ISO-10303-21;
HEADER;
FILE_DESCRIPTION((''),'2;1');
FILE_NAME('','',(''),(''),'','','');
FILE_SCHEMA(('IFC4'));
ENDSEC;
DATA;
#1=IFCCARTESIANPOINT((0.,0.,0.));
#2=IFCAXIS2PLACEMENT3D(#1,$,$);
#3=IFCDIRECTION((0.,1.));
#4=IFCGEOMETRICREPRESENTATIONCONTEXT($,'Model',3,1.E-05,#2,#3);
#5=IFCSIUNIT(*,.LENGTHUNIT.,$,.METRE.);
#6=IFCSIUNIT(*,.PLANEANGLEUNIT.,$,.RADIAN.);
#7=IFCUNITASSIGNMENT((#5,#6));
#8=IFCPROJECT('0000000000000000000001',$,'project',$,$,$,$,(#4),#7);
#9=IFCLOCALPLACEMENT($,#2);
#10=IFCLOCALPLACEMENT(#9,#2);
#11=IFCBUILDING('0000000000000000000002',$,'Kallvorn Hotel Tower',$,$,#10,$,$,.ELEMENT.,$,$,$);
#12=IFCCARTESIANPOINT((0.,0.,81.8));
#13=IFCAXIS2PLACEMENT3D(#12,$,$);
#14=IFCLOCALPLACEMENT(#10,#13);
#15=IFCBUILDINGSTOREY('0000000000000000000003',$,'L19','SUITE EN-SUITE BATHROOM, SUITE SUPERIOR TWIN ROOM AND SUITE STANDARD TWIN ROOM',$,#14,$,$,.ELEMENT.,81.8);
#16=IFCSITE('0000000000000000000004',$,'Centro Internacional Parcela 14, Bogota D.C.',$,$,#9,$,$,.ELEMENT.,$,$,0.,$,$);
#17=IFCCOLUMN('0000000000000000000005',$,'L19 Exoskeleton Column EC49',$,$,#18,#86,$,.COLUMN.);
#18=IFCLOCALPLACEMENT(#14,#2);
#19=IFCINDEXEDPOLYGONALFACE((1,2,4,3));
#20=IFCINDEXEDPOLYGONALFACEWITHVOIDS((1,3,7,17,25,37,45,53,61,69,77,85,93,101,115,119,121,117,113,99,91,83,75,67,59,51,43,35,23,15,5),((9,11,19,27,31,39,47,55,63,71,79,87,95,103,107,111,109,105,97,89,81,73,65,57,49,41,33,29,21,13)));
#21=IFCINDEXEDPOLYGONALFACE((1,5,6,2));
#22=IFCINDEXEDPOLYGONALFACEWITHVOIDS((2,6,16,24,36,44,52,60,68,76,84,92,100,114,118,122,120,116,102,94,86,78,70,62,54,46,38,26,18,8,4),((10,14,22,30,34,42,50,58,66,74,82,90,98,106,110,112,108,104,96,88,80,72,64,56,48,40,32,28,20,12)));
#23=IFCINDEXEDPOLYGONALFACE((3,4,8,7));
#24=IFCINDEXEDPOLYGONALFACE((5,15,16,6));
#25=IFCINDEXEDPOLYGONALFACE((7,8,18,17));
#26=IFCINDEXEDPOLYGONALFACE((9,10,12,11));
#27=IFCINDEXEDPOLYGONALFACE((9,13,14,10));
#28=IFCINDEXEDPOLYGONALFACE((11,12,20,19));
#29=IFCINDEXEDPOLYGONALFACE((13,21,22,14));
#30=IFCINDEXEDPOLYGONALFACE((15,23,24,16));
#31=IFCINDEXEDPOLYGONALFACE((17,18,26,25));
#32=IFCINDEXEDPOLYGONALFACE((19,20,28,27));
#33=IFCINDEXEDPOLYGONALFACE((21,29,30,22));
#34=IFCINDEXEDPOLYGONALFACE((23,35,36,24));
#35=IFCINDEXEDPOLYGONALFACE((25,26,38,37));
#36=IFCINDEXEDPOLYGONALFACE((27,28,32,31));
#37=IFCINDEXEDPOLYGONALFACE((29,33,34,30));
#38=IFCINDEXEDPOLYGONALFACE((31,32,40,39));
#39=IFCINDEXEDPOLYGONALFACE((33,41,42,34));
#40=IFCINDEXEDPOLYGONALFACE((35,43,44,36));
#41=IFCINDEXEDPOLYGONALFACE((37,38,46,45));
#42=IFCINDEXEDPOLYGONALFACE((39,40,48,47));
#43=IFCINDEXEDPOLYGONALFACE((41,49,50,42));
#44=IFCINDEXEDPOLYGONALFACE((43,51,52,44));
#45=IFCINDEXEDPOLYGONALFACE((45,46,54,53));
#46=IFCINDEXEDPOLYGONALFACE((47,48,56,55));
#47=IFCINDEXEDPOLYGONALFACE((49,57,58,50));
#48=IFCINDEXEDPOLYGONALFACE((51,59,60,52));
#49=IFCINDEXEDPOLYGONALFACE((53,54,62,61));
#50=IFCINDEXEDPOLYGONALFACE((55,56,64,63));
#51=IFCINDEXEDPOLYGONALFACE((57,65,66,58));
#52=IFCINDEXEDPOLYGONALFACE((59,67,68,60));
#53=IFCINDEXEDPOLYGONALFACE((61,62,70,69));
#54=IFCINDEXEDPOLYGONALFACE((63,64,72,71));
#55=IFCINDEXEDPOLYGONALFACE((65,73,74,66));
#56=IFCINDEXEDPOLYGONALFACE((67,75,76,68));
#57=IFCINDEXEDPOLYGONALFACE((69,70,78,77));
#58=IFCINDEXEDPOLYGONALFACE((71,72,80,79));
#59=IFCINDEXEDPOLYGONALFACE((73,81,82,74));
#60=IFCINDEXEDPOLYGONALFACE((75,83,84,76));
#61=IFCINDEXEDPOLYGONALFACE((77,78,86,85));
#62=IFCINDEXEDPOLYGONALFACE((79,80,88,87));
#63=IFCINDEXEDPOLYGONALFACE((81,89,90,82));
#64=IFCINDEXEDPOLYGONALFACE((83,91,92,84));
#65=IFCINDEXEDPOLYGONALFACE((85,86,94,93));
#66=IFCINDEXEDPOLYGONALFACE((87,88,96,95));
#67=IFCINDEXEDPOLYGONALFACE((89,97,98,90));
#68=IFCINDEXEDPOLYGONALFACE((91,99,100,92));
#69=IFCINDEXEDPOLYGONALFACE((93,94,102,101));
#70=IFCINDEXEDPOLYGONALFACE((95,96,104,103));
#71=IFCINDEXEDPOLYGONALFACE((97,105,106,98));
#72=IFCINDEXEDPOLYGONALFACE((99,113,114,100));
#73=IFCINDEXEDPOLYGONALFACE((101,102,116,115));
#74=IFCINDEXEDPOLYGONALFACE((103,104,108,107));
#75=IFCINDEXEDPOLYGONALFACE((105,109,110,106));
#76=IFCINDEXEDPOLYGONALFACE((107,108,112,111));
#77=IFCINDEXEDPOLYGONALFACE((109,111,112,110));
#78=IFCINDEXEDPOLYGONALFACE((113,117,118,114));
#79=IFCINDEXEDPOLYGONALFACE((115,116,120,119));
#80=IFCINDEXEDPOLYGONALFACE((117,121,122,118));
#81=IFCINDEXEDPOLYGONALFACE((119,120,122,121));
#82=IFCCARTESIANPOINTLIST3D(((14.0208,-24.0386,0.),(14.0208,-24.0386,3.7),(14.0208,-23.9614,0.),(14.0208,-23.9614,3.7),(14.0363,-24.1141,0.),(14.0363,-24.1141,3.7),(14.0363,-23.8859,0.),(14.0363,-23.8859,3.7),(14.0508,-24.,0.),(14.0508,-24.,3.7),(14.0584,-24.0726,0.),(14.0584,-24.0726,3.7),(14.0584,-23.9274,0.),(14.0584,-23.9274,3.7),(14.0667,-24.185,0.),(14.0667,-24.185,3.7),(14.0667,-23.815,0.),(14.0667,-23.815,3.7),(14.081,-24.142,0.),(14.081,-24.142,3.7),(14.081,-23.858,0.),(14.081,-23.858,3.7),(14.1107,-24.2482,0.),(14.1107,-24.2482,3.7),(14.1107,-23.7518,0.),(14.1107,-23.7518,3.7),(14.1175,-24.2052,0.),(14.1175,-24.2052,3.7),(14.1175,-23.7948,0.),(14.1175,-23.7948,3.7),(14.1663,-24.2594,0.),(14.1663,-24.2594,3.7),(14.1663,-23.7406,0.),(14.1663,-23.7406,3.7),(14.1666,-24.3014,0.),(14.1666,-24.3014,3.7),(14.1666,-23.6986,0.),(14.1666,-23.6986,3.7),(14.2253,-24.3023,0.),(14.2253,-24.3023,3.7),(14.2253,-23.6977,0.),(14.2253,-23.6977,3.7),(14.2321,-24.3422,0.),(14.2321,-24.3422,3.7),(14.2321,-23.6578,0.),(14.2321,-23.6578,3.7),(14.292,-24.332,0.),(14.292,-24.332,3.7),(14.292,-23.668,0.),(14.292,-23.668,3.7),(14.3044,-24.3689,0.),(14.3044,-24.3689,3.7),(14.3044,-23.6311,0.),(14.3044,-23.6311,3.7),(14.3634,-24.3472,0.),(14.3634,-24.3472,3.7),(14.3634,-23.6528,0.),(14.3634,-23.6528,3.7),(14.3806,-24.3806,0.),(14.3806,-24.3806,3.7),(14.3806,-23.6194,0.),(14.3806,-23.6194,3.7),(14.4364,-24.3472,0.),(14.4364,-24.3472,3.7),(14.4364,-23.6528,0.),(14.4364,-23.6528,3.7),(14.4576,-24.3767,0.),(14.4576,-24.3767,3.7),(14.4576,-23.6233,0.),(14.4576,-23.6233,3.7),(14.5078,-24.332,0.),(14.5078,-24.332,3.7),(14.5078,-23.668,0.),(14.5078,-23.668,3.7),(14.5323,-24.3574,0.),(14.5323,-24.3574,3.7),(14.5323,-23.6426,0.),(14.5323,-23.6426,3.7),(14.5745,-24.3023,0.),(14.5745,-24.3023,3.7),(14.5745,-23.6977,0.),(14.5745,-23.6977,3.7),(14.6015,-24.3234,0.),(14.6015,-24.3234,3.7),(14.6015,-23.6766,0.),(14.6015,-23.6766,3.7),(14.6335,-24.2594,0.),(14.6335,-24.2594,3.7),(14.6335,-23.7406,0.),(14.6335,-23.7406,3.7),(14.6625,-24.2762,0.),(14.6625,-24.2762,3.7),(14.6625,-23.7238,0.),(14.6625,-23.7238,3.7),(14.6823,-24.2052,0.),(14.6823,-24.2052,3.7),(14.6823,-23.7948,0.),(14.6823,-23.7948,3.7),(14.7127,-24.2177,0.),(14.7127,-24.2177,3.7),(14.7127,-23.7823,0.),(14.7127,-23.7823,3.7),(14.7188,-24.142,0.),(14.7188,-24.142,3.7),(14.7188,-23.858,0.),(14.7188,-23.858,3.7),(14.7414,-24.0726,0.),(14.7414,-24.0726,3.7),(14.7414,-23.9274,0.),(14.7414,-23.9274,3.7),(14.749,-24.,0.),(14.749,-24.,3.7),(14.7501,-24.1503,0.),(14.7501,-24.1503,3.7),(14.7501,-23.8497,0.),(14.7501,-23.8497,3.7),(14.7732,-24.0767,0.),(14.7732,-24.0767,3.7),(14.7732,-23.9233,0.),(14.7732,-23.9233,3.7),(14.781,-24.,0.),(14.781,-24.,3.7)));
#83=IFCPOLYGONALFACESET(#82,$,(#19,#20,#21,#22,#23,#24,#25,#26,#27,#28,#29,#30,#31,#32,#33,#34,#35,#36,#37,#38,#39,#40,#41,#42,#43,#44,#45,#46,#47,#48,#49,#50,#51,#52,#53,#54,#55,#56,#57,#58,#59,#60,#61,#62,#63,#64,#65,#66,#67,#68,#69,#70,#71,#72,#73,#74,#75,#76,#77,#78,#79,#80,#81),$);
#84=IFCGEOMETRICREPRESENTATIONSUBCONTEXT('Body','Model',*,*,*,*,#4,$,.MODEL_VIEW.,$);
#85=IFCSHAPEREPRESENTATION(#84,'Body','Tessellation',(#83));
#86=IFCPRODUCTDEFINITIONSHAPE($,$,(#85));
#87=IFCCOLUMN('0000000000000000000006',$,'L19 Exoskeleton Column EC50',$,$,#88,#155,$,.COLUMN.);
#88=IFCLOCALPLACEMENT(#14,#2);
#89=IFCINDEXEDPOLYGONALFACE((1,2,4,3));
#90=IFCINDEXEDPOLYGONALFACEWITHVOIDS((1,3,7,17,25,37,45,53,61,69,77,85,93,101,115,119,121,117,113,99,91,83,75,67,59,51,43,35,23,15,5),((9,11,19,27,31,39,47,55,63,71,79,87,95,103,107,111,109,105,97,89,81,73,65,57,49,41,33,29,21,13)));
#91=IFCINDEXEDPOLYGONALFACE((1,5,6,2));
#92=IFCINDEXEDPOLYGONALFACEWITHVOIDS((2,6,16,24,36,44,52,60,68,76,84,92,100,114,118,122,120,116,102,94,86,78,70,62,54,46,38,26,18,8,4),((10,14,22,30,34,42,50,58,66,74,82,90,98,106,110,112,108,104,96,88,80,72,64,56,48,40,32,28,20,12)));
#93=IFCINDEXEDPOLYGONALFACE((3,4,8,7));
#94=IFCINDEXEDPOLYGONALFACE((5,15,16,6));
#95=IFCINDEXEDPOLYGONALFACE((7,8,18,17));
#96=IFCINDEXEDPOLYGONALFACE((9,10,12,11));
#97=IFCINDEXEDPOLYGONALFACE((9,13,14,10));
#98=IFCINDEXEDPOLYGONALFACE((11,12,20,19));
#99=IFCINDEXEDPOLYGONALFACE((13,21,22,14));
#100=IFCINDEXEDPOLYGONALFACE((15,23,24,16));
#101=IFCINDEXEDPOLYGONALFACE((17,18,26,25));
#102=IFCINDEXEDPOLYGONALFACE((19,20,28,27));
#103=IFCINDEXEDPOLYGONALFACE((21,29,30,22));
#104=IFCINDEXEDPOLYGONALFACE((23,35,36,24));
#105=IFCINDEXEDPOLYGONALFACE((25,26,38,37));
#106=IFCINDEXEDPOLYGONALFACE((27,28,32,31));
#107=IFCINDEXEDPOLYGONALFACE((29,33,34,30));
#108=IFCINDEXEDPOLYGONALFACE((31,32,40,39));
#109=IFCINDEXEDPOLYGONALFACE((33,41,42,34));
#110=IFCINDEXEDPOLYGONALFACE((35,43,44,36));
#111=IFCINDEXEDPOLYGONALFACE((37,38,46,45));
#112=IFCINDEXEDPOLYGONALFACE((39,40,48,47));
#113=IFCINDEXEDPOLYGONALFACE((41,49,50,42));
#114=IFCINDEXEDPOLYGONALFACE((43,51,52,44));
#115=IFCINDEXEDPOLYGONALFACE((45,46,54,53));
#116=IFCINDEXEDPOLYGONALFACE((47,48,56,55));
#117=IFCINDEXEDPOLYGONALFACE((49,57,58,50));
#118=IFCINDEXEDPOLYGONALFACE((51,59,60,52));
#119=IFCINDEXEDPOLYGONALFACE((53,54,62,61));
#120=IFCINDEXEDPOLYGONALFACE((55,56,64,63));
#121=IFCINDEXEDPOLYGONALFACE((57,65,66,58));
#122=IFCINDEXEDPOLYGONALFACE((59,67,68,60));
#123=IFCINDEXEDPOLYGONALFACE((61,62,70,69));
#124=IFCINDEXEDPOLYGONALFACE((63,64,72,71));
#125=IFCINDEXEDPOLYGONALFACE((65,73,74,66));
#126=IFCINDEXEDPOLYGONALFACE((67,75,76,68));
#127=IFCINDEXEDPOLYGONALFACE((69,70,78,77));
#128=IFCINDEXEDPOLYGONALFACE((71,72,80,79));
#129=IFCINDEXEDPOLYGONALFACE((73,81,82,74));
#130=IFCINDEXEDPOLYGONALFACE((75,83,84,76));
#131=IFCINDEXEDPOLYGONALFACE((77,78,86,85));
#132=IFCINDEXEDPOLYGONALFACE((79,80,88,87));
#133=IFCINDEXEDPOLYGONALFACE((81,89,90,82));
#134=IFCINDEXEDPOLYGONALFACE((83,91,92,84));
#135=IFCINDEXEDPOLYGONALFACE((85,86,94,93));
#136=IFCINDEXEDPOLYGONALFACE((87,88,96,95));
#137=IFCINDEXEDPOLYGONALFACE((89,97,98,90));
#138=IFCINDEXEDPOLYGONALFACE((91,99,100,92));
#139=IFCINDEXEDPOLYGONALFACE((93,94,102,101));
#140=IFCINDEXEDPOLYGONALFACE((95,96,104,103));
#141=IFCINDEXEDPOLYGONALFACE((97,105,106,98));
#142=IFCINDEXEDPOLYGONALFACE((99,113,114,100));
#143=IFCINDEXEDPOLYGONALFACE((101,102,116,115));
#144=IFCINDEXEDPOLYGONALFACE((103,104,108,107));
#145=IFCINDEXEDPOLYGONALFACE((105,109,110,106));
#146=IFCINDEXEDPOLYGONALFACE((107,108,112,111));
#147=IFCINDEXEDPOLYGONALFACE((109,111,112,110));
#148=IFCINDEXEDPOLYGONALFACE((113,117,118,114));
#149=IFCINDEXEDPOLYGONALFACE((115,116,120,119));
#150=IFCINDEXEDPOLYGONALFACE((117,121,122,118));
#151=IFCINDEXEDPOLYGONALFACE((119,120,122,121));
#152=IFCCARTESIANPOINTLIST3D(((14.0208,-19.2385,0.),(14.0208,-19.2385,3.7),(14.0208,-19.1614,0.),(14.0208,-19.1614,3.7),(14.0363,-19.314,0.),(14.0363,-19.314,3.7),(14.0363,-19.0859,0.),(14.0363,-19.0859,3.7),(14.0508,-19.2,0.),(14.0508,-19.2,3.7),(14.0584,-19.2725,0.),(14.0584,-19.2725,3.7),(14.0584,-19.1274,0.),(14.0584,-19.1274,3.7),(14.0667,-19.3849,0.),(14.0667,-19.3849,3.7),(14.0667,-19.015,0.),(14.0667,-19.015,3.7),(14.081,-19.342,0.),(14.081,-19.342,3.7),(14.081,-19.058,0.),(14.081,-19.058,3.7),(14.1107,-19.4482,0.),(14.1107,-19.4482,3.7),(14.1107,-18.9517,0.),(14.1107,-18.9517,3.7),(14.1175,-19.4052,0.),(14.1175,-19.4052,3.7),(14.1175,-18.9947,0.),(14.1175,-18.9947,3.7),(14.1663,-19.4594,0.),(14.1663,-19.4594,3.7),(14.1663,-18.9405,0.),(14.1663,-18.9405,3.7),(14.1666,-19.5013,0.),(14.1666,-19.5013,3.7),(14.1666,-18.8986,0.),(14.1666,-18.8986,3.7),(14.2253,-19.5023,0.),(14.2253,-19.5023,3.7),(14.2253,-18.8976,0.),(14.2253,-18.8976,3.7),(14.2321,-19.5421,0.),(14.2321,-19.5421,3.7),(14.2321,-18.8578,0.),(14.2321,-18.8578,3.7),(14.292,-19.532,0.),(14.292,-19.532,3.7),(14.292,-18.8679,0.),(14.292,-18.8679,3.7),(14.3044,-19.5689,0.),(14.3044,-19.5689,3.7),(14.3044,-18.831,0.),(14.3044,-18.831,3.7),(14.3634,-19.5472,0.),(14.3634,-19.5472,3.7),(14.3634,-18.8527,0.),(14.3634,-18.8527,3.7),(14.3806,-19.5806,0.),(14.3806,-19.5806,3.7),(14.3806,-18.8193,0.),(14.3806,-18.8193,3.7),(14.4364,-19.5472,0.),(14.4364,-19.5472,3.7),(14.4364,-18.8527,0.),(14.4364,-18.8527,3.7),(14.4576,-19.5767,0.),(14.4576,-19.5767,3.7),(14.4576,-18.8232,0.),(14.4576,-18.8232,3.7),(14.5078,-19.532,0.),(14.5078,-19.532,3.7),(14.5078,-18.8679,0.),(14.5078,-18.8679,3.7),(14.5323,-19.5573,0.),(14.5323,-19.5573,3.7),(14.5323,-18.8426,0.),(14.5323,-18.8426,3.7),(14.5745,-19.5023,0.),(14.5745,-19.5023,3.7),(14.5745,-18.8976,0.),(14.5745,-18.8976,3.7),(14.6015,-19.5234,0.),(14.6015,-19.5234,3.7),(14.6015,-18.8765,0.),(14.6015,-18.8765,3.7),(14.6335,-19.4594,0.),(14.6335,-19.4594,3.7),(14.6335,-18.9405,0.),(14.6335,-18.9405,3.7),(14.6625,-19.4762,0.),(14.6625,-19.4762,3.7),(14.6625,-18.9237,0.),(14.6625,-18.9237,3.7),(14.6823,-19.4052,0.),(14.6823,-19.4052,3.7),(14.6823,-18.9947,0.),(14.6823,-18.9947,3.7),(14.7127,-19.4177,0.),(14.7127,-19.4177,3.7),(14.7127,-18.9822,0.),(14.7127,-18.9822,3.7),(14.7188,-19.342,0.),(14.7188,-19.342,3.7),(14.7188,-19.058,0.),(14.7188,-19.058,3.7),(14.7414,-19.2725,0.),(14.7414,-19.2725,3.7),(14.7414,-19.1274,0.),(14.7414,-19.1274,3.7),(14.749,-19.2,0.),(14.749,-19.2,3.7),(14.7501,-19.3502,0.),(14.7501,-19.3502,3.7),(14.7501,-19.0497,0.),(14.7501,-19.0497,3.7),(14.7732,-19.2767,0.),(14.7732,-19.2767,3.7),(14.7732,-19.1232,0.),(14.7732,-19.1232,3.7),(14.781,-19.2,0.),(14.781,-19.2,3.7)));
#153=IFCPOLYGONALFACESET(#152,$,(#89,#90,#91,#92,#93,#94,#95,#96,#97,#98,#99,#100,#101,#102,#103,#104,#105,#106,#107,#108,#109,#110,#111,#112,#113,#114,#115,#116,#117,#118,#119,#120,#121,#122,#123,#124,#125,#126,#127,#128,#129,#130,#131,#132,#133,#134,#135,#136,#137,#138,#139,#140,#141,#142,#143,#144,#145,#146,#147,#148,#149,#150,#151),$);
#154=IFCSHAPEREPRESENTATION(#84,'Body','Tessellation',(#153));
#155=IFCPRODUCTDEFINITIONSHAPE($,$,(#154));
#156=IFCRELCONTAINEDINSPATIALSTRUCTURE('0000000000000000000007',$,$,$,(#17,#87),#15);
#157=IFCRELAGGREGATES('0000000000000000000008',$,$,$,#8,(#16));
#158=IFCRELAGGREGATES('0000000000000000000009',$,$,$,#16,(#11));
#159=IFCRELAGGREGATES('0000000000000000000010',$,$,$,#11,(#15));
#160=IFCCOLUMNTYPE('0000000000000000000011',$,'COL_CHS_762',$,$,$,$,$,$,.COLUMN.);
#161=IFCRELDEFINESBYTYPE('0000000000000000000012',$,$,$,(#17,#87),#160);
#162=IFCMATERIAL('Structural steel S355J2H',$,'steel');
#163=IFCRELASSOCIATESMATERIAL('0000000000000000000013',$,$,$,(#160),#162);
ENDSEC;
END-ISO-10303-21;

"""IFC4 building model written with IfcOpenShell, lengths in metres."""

from ifc_helpers import new_model, si_unit, direction, frame, origin, origin_2d, place, context, subcontext, project, spatial, hollow_circle, extrude, material, material_profile, profile_set, type_object, element, save


model = new_model("IFC4")

# Units and contexts
model_context = context("Model", 3, precision=1e-05, world=origin(), true_north=direction((0.0, 1.0)))
body_context = subcontext(model_context, "Body", "Model", "MODEL_VIEW")
ifc_project = project(units=[si_unit("LENGTHUNIT", "METRE"), si_unit("PLANEANGLEUNIT", "RADIAN")], contexts=[model_context])

# Site, building, storey
site_placement = place(None, origin())
site = spatial("IfcSite", under=ifc_project, at=site_placement, Name="Centro Internacional Parcela 14, Bogota D.C.", CompositionType="ELEMENT", RefElevation=0.0)
building_placement = place(site_placement, origin())
building = spatial("IfcBuilding", under=site, at=building_placement, Name="Kallvorn Hotel Tower", CompositionType="ELEMENT")
storey_placement = place(building_placement, frame((0.0, 0.0, 81.8)))
storey = spatial("IfcBuildingStorey", under=building, at=storey_placement, Name="L19", Description="SUITE EN-SUITE BATHROOM, SUITE SUPERIOR TWIN ROOM AND SUITE STANDARD TWIN ROOM", CompositionType="ELEMENT", Elevation=81.8)

# Columns
ifc_material_1 = material(Name="Structural steel S355J2H", Category="steel")
ifc_material_profile_1 = material_profile(ifc_material_1, hollow_circle(Radius=0.3811, WallThickness=0.032, at=origin_2d()), Name="CHS 762x32")
ifc_profile_set_1 = profile_set([ifc_material_profile_1], Name="Structural steel S355J2H")
column_type_1 = type_object("IfcColumnType", Name="COL_CHS_762", PredefinedType="COLUMN", material=ifc_profile_set_1)
for number, where, z_axis, x_axis, name in (
    (1, (14.3999, -24.0, 0.0), (0.0, 0.0, 1.0), (1.0, 0.0, 0.0), "L19 Exoskeleton Column EC49"),
    (2, (14.3999, -19.2, 0.0), (0.0, 0.0, 1.0), (1.0, 0.0, 0.0), "L19 Exoskeleton Column EC50"),
):
    element("IfcColumn", number, at=place(storey_placement, frame(where, z_axis=z_axis, x_axis=x_axis)), inside=storey, type_object=column_type_1, Name=name, PredefinedType="COLUMN", context=body_context, shape_type="SweptSolid", body=[
        extrude(hollow_circle(Radius=0.3811, WallThickness=0.032, at=origin_2d()), origin(), (0.0, 0.0, 1.0), 3.7),
    ])

save(model, "model.ifc")
